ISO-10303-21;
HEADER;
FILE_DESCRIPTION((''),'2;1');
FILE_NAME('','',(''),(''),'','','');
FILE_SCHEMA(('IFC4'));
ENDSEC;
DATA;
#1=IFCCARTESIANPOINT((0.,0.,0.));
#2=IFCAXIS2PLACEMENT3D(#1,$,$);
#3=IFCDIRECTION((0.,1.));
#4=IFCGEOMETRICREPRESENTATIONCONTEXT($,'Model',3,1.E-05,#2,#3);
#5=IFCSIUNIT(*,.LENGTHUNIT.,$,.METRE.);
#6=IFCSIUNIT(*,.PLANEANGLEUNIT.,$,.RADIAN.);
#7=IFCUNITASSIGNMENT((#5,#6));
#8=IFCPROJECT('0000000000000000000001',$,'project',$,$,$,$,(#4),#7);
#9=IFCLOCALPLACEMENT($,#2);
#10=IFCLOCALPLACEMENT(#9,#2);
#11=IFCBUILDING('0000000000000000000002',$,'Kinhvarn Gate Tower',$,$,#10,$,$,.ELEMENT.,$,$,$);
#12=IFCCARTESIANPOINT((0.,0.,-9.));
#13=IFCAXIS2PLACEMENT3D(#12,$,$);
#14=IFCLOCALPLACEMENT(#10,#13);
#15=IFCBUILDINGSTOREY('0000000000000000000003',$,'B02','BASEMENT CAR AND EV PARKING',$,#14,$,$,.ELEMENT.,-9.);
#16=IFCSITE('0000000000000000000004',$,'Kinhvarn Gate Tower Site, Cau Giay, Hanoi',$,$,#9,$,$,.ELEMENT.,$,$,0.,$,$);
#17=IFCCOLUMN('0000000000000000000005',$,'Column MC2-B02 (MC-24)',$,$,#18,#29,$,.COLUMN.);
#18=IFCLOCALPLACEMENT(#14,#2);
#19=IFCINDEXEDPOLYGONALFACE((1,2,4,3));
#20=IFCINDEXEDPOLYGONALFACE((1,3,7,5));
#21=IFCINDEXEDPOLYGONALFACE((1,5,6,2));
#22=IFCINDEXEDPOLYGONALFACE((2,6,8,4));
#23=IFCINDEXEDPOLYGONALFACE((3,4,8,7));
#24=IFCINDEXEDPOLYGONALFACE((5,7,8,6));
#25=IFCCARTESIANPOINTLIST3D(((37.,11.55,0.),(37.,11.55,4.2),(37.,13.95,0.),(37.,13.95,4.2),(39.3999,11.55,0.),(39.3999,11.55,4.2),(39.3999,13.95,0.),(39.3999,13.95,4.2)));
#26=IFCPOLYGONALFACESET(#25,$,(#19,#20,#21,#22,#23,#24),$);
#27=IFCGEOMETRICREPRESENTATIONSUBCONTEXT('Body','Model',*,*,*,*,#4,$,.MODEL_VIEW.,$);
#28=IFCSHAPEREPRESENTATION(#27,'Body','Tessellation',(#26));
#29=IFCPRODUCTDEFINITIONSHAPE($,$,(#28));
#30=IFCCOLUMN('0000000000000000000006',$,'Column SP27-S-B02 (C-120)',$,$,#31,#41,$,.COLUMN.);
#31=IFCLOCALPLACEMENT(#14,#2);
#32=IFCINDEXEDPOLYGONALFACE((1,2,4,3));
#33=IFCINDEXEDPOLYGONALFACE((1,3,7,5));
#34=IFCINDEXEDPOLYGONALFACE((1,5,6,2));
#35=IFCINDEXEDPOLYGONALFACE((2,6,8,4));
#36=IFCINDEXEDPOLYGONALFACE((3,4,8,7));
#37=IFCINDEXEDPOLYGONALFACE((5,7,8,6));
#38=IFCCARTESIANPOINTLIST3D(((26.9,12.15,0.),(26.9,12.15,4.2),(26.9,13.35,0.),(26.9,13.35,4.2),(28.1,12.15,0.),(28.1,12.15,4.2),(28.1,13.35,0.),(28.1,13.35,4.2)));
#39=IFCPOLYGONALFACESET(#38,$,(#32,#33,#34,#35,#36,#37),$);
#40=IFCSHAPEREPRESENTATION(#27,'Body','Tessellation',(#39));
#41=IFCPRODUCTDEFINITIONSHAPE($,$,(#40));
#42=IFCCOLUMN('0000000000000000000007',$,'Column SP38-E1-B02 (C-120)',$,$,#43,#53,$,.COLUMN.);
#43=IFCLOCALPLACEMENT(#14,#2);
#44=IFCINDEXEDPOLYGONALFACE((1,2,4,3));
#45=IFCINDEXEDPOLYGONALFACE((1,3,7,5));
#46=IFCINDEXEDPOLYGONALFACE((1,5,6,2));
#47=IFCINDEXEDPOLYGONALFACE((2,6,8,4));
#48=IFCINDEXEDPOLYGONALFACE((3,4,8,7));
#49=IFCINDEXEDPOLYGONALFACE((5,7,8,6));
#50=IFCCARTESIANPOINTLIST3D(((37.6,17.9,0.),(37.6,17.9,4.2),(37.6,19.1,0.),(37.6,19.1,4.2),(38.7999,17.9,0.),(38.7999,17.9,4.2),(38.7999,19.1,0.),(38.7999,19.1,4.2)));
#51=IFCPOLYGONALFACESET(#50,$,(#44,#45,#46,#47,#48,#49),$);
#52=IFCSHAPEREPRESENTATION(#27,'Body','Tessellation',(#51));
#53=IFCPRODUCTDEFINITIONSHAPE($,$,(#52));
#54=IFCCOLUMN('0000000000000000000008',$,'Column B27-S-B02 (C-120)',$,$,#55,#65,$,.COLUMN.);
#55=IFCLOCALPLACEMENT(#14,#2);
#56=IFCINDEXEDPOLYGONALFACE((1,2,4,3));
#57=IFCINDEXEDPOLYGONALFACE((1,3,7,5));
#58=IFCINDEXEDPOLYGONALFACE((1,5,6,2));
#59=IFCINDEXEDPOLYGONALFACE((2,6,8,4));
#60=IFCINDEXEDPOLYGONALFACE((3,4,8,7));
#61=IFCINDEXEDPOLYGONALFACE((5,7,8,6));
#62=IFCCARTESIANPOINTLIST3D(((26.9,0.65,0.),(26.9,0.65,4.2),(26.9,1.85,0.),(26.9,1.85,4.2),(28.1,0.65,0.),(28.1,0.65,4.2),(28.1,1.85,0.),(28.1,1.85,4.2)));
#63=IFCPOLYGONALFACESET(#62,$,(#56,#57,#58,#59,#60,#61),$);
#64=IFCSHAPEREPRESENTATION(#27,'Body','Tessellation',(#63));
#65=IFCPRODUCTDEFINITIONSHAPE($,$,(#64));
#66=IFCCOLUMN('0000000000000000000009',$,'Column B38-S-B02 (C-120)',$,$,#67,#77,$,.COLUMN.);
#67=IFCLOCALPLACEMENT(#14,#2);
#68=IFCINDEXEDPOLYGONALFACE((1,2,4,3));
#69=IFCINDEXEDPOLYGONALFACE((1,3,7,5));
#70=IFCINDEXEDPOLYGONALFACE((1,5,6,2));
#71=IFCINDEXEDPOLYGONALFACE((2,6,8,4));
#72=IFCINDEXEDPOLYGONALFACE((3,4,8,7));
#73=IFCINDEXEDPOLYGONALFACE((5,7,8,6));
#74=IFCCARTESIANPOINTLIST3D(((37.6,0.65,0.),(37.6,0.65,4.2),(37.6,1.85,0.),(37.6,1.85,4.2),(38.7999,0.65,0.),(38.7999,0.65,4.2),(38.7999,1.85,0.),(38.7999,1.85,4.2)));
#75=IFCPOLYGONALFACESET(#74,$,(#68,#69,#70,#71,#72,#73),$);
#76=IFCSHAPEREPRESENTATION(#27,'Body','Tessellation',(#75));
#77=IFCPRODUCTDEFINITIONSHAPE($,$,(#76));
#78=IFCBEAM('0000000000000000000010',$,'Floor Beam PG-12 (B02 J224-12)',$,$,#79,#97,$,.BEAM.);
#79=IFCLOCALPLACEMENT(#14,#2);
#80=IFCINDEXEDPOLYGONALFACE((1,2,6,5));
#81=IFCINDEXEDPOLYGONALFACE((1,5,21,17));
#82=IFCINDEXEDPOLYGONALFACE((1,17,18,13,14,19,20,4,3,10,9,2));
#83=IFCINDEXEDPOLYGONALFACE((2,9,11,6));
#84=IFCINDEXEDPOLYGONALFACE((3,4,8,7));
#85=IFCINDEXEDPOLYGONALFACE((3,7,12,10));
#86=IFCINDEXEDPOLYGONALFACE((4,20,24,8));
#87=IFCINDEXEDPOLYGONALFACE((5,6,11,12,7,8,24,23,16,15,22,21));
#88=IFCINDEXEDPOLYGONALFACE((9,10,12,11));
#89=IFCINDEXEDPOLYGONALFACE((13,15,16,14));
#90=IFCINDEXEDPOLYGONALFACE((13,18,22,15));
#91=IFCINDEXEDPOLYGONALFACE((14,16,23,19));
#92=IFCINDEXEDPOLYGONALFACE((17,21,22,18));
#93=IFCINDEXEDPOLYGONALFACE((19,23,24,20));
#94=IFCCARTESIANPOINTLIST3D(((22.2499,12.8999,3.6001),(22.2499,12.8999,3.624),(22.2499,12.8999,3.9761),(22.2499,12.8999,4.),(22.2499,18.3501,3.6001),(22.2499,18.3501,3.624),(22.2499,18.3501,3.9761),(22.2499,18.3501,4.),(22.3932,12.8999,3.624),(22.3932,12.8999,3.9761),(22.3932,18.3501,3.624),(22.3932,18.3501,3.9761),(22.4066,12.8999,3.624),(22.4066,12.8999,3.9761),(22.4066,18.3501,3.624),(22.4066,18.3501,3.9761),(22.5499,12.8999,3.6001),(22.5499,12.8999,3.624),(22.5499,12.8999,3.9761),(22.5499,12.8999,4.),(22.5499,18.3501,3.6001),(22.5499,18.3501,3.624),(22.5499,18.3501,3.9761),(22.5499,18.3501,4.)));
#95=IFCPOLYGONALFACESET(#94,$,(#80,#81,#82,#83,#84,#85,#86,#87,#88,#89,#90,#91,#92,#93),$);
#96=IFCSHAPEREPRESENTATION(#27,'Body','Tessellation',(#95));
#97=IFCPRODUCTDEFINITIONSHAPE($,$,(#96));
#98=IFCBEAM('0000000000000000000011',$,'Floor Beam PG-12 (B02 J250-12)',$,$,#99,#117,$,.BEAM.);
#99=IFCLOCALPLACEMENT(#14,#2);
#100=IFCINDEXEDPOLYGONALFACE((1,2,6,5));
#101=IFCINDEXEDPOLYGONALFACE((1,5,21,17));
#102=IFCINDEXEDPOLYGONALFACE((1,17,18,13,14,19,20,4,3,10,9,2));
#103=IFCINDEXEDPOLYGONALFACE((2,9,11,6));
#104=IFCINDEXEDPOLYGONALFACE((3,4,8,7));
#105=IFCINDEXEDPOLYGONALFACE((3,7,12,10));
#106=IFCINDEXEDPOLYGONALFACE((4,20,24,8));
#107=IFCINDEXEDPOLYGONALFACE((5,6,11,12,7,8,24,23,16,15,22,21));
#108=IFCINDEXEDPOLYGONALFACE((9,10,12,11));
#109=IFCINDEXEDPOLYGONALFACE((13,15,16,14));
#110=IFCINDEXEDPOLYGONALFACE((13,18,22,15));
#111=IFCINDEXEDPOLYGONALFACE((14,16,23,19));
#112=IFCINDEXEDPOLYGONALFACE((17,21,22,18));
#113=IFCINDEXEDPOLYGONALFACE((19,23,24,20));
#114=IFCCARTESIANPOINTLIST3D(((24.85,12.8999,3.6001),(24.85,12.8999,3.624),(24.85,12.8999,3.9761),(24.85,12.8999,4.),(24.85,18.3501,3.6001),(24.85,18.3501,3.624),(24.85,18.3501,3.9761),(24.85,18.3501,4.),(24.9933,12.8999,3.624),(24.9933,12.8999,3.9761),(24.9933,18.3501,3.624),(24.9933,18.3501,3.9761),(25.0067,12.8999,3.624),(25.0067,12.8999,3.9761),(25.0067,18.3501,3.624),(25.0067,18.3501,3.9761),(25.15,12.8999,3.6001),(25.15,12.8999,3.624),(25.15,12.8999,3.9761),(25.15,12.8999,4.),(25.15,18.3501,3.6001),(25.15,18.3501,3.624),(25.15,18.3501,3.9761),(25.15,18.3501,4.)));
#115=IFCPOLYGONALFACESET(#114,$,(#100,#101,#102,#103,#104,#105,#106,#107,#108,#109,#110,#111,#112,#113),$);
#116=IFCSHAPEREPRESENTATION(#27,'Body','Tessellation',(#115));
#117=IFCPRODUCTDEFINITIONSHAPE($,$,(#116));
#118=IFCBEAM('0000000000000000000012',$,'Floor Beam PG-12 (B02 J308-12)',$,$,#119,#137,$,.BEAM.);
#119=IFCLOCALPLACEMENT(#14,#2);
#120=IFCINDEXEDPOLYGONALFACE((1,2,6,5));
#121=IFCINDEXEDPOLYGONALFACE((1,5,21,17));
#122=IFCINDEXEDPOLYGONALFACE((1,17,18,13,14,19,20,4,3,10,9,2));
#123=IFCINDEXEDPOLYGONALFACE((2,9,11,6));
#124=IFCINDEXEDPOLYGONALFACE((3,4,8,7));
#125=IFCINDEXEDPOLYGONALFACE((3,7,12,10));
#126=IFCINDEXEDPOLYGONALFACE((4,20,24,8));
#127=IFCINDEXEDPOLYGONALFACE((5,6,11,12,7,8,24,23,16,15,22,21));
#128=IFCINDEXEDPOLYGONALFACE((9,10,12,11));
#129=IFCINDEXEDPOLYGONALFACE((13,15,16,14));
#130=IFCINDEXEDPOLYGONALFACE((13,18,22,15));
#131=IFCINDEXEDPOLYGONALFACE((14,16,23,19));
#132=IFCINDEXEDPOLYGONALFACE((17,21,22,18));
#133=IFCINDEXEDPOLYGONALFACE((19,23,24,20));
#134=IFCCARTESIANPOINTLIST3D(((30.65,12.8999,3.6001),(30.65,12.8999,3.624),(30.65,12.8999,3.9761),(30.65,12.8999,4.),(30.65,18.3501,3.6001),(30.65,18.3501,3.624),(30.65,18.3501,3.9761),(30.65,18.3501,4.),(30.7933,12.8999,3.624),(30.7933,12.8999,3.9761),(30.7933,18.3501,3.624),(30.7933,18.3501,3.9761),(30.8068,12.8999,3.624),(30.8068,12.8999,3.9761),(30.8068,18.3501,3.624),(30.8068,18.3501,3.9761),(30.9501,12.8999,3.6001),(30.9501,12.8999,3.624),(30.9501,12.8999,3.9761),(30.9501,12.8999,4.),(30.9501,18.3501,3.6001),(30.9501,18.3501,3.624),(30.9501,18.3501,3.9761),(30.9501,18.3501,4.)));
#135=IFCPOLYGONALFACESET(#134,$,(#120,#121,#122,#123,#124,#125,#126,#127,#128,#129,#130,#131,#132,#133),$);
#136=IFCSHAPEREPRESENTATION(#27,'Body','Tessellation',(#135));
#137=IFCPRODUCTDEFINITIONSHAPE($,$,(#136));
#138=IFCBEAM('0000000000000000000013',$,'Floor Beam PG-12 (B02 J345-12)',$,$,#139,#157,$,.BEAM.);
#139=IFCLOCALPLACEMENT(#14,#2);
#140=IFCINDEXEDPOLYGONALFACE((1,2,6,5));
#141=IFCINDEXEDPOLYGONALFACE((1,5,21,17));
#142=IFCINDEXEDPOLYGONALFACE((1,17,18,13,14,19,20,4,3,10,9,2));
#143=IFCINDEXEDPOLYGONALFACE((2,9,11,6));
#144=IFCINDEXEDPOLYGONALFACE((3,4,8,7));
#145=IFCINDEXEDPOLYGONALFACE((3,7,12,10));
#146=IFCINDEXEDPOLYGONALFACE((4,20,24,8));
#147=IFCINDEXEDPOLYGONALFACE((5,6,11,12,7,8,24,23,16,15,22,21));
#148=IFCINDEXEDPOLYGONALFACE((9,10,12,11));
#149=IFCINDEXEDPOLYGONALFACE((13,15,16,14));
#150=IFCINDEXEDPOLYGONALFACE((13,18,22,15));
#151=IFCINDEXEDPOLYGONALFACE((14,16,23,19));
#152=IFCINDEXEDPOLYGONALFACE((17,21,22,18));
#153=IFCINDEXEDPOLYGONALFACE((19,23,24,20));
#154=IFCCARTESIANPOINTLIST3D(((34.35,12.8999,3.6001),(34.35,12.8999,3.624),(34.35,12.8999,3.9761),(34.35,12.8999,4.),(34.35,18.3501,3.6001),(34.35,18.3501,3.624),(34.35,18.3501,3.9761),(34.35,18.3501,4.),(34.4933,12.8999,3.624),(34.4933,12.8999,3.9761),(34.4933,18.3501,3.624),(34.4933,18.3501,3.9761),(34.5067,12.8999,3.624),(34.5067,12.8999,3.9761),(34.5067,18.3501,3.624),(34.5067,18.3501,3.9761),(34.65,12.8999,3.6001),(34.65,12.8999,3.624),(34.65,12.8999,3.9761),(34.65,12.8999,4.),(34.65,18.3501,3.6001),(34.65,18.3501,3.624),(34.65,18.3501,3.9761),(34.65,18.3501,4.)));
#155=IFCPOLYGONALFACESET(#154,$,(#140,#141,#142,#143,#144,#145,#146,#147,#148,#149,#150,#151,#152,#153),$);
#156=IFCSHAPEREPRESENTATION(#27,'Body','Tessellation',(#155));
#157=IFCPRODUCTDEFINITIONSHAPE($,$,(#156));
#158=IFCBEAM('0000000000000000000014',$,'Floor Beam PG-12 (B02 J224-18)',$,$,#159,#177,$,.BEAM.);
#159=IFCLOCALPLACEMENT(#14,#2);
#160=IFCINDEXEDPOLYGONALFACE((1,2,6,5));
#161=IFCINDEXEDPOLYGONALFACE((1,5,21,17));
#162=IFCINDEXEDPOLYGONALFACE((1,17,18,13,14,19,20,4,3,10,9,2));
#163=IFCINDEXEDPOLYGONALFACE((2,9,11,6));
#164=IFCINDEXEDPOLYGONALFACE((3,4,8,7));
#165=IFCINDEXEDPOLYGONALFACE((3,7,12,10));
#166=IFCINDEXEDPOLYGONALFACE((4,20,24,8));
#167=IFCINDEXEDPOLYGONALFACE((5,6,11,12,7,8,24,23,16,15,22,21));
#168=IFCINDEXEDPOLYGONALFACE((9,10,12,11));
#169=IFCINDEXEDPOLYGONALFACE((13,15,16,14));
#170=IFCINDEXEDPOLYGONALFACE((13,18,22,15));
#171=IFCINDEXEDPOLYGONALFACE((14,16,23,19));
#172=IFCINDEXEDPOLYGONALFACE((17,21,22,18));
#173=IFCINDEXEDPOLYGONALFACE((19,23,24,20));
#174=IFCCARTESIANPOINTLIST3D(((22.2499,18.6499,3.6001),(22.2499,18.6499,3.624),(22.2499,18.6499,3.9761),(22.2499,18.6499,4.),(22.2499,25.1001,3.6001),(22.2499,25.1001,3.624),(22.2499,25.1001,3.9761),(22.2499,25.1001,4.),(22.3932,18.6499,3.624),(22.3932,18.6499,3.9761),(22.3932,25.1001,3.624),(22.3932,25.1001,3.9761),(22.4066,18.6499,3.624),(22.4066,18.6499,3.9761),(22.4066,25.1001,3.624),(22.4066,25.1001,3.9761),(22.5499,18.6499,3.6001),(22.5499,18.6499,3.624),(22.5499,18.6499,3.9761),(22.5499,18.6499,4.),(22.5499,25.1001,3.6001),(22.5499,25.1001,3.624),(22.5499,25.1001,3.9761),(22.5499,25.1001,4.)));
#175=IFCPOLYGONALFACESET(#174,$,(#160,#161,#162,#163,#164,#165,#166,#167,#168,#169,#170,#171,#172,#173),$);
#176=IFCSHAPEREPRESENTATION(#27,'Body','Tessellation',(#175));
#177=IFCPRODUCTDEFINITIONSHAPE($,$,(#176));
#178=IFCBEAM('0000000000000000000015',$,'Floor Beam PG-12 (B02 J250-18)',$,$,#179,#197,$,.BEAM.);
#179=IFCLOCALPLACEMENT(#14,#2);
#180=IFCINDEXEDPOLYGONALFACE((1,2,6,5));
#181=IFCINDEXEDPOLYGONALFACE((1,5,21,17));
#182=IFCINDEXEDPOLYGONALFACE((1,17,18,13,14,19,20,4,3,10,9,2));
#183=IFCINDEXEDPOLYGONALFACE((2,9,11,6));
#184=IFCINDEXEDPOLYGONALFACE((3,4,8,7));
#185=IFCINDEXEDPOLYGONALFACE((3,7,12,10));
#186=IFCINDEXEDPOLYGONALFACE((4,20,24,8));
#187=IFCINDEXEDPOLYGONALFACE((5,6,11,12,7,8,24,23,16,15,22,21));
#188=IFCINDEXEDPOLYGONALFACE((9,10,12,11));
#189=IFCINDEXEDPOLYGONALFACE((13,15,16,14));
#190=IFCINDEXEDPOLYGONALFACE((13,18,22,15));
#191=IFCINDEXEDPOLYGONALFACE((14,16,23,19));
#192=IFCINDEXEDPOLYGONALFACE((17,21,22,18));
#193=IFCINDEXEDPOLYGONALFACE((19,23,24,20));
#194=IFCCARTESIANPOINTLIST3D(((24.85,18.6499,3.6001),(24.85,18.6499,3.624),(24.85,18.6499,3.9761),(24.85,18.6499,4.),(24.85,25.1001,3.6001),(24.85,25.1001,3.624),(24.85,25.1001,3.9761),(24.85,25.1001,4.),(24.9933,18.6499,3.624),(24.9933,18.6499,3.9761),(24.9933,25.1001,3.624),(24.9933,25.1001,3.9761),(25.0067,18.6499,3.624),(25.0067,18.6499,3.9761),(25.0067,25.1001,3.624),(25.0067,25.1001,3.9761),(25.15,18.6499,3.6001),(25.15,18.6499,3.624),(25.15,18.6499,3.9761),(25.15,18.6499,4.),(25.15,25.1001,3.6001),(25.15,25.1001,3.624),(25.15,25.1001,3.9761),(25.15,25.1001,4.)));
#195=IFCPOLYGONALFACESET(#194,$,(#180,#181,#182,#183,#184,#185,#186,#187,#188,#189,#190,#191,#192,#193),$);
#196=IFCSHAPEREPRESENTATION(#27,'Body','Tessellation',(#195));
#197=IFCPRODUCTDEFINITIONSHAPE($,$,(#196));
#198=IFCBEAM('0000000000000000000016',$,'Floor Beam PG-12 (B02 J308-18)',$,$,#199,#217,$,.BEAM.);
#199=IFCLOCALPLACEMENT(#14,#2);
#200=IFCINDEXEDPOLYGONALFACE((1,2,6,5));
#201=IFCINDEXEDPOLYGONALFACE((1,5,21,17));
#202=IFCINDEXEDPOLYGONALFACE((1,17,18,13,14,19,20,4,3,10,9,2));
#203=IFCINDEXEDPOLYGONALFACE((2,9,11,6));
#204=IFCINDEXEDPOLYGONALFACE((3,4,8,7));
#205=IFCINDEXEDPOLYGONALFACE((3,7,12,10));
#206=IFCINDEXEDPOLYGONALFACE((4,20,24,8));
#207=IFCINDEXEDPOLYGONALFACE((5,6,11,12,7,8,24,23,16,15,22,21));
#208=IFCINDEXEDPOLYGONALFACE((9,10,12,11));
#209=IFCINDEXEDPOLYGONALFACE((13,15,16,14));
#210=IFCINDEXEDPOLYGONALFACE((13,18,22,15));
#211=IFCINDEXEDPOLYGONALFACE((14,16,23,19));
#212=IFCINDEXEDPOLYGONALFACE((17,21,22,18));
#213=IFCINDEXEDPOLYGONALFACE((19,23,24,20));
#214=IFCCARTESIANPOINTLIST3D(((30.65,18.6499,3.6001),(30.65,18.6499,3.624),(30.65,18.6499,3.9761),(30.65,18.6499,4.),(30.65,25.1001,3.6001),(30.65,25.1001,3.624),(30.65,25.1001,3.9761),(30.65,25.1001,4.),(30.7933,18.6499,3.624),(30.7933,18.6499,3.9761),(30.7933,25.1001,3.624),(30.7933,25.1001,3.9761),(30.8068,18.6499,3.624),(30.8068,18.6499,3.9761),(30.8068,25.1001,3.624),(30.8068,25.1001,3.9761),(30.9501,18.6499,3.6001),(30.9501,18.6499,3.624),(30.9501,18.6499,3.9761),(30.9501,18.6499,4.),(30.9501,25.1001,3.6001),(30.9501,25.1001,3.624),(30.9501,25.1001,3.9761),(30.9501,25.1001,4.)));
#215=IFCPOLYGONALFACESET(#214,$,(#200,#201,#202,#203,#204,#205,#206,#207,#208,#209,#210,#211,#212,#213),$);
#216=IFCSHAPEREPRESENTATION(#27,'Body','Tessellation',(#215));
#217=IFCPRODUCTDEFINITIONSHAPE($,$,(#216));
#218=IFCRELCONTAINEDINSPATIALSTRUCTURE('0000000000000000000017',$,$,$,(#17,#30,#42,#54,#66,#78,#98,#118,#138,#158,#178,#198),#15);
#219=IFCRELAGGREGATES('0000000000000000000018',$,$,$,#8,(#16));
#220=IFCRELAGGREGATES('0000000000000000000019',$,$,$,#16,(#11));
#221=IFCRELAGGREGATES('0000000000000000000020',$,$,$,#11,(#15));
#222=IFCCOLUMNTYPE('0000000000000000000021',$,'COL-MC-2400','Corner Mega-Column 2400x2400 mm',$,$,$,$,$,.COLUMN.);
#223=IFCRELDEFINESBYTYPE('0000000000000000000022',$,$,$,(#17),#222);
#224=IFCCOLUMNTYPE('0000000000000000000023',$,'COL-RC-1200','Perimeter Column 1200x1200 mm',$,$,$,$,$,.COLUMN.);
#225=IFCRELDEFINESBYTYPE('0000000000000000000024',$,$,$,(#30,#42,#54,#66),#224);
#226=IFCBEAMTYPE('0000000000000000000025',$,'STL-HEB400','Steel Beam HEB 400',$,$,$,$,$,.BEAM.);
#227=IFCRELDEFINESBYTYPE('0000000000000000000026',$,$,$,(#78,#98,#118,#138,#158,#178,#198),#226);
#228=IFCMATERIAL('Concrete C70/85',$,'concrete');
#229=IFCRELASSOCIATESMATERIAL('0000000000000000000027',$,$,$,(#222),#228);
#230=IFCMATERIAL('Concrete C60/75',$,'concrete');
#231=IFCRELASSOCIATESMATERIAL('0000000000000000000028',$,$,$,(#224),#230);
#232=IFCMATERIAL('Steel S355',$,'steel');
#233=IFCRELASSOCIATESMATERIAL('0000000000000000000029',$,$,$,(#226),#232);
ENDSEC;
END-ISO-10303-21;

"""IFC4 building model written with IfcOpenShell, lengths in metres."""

from ifc_helpers import new_model, si_unit, direction, frame, origin, origin_2d, place, context, subcontext, project, spatial, rectangle, i_section, extrude, material, material_profile, profile_set, type_object, element, save


model = new_model("IFC4")

# Units and contexts
model_context = context("Model", 3, precision=1e-05, world=origin(), true_north=direction((0.0, 1.0)))
body_context = subcontext(model_context, "Body", "Model", "MODEL_VIEW")
ifc_project = project(units=[si_unit("LENGTHUNIT", "METRE"), si_unit("PLANEANGLEUNIT", "RADIAN")], contexts=[model_context])

# Site, building, storey
site_placement = place(None, origin())
site = spatial("IfcSite", under=ifc_project, at=site_placement, Name="Kinhvarn Gate Tower Site, Cau Giay, Hanoi", CompositionType="ELEMENT", RefElevation=0.0)
building_placement = place(site_placement, origin())
building = spatial("IfcBuilding", under=site, at=building_placement, Name="Kinhvarn Gate Tower", CompositionType="ELEMENT")
storey_placement = place(building_placement, frame((0.0, 0.0, -9.0)))
storey = spatial("IfcBuildingStorey", under=building, at=storey_placement, Name="B02", Description="BASEMENT CAR AND EV PARKING", CompositionType="ELEMENT", Elevation=-9.0)

# Columns
ifc_material_1 = material(Name="Concrete C70/85", Category="concrete")
ifc_material_profile_1 = material_profile(ifc_material_1, rectangle(XDim=2.3999, YDim=2.3999, at=origin_2d()), Name="RC 2400x2400")
ifc_profile_set_1 = profile_set([ifc_material_profile_1], Name="Concrete C70/85")
column_type_1 = type_object("IfcColumnType", Name="COL-MC-2400", Description="Corner Mega-Column 2400x2400 mm", PredefinedType="COLUMN", material=ifc_profile_set_1)
column_placement = place(storey_placement, frame((38.2, 12.75, 0.0), z_axis=(0.0, 0.0, 1.0), x_axis=(1.0, 0.0, 0.0)))
element("IfcColumn", 1, at=column_placement, inside=storey, type_object=column_type_1, Name="Column MC2-B02 (MC-24)", PredefinedType="COLUMN", context=body_context, shape_type="SweptSolid", body=[
    extrude(rectangle(XDim=2.3999, YDim=2.3999, at=origin_2d()), origin(), (0.0, 0.0, 1.0), 4.2),
])
ifc_material_2 = material(Name="Concrete C60/75", Category="concrete")
ifc_material_profile_2 = material_profile(ifc_material_2, rectangle(XDim=1.2, YDim=1.2, at=origin_2d()), Name="RC 1200x1200")
ifc_profile_set_2 = profile_set([ifc_material_profile_2], Name="Concrete C60/75")
column_type_2 = type_object("IfcColumnType", Name="COL-RC-1200", Description="Perimeter Column 1200x1200 mm", PredefinedType="COLUMN", material=ifc_profile_set_2)
for number, where, z_axis, x_axis, name in (
    (2, (27.5, 12.75, 0.0), (0.0, 0.0, 1.0), (1.0, 0.0, 0.0), "Column SP27-S-B02 (C-120)"),
    (3, (38.2, 18.5, 0.0), (0.0, 0.0, 1.0), (1.0, 0.0, 0.0), "Column SP38-E1-B02 (C-120)"),
    (4, (27.5, 1.25, 0.0), (0.0, 0.0, 1.0), (1.0, 0.0, 0.0), "Column B27-S-B02 (C-120)"),
    (5, (38.2, 1.25, 0.0), (0.0, 0.0, 1.0), (1.0, 0.0, 0.0), "Column B38-S-B02 (C-120)"),
):
    element("IfcColumn", number, at=place(storey_placement, frame(where, z_axis=z_axis, x_axis=x_axis)), inside=storey, type_object=column_type_2, Name=name, PredefinedType="COLUMN", context=body_context, shape_type="SweptSolid", body=[
        extrude(rectangle(XDim=1.2, YDim=1.2, at=origin_2d()), origin(), (0.0, 0.0, 1.0), 4.2),
    ])

# Beams
ifc_material_3 = material(Name="Steel S355", Category="steel")
ifc_material_profile_3 = material_profile(ifc_material_3, i_section(OverallWidth=0.3, OverallDepth=0.3999, WebThickness=0.0134, FlangeThickness=0.0239, at=origin_2d()), Name="HEB 400")
ifc_profile_set_3 = profile_set([ifc_material_profile_3], Name="Steel S355")
beam_type_1 = type_object("IfcBeamType", Name="STL-HEB400", Description="Steel Beam HEB 400", PredefinedType="BEAM", material=ifc_profile_set_3)
for number, where, z_axis, x_axis, name in (
    (6, (22.3999, 12.8999, 3.8), (0.0, 1.0, 0.0), (-1.0, 0.0, 0.0), "Floor Beam PG-12 (B02 J224-12)"),
    (7, (25.0, 12.8999, 3.8), (0.0, 1.0, 0.0), (-1.0, 0.0, 0.0), "Floor Beam PG-12 (B02 J250-12)"),
    (8, (30.8, 12.8999, 3.8), (0.0, 1.0, 0.0), (-1.0, 0.0, 0.0), "Floor Beam PG-12 (B02 J308-12)"),
    (9, (34.5, 12.8999, 3.8), (0.0, 1.0, 0.0), (-1.0, 0.0, 0.0), "Floor Beam PG-12 (B02 J345-12)"),
):
    element("IfcBeam", number, at=place(storey_placement, frame(where, z_axis=z_axis, x_axis=x_axis)), inside=storey, type_object=beam_type_1, Name=name, PredefinedType="BEAM", context=body_context, shape_type="SweptSolid", body=[
        extrude(i_section(OverallWidth=0.3, OverallDepth=0.3999, WebThickness=0.0134, FlangeThickness=0.0239, at=origin_2d()), origin(), (0.0, 0.0, 1.0), 5.4502),
    ])
for number, where, z_axis, x_axis, name in (
    (10, (22.3999, 18.6499, 3.8), (0.0, 1.0, 0.0), (-1.0, 0.0, 0.0), "Floor Beam PG-12 (B02 J224-18)"),
    (11, (25.0, 18.6499, 3.8), (0.0, 1.0, 0.0), (-1.0, 0.0, 0.0), "Floor Beam PG-12 (B02 J250-18)"),
    (12, (30.8, 18.6499, 3.8), (0.0, 1.0, 0.0), (-1.0, 0.0, 0.0), "Floor Beam PG-12 (B02 J308-18)"),
):
    element("IfcBeam", number, at=place(storey_placement, frame(where, z_axis=z_axis, x_axis=x_axis)), inside=storey, type_object=beam_type_1, Name=name, PredefinedType="BEAM", context=body_context, shape_type="SweptSolid", body=[
        extrude(i_section(OverallWidth=0.3, OverallDepth=0.3999, WebThickness=0.0134, FlangeThickness=0.0239, at=origin_2d()), origin(), (0.0, 0.0, 1.0), 6.4502),
    ])

save(model, "model.ifc")
